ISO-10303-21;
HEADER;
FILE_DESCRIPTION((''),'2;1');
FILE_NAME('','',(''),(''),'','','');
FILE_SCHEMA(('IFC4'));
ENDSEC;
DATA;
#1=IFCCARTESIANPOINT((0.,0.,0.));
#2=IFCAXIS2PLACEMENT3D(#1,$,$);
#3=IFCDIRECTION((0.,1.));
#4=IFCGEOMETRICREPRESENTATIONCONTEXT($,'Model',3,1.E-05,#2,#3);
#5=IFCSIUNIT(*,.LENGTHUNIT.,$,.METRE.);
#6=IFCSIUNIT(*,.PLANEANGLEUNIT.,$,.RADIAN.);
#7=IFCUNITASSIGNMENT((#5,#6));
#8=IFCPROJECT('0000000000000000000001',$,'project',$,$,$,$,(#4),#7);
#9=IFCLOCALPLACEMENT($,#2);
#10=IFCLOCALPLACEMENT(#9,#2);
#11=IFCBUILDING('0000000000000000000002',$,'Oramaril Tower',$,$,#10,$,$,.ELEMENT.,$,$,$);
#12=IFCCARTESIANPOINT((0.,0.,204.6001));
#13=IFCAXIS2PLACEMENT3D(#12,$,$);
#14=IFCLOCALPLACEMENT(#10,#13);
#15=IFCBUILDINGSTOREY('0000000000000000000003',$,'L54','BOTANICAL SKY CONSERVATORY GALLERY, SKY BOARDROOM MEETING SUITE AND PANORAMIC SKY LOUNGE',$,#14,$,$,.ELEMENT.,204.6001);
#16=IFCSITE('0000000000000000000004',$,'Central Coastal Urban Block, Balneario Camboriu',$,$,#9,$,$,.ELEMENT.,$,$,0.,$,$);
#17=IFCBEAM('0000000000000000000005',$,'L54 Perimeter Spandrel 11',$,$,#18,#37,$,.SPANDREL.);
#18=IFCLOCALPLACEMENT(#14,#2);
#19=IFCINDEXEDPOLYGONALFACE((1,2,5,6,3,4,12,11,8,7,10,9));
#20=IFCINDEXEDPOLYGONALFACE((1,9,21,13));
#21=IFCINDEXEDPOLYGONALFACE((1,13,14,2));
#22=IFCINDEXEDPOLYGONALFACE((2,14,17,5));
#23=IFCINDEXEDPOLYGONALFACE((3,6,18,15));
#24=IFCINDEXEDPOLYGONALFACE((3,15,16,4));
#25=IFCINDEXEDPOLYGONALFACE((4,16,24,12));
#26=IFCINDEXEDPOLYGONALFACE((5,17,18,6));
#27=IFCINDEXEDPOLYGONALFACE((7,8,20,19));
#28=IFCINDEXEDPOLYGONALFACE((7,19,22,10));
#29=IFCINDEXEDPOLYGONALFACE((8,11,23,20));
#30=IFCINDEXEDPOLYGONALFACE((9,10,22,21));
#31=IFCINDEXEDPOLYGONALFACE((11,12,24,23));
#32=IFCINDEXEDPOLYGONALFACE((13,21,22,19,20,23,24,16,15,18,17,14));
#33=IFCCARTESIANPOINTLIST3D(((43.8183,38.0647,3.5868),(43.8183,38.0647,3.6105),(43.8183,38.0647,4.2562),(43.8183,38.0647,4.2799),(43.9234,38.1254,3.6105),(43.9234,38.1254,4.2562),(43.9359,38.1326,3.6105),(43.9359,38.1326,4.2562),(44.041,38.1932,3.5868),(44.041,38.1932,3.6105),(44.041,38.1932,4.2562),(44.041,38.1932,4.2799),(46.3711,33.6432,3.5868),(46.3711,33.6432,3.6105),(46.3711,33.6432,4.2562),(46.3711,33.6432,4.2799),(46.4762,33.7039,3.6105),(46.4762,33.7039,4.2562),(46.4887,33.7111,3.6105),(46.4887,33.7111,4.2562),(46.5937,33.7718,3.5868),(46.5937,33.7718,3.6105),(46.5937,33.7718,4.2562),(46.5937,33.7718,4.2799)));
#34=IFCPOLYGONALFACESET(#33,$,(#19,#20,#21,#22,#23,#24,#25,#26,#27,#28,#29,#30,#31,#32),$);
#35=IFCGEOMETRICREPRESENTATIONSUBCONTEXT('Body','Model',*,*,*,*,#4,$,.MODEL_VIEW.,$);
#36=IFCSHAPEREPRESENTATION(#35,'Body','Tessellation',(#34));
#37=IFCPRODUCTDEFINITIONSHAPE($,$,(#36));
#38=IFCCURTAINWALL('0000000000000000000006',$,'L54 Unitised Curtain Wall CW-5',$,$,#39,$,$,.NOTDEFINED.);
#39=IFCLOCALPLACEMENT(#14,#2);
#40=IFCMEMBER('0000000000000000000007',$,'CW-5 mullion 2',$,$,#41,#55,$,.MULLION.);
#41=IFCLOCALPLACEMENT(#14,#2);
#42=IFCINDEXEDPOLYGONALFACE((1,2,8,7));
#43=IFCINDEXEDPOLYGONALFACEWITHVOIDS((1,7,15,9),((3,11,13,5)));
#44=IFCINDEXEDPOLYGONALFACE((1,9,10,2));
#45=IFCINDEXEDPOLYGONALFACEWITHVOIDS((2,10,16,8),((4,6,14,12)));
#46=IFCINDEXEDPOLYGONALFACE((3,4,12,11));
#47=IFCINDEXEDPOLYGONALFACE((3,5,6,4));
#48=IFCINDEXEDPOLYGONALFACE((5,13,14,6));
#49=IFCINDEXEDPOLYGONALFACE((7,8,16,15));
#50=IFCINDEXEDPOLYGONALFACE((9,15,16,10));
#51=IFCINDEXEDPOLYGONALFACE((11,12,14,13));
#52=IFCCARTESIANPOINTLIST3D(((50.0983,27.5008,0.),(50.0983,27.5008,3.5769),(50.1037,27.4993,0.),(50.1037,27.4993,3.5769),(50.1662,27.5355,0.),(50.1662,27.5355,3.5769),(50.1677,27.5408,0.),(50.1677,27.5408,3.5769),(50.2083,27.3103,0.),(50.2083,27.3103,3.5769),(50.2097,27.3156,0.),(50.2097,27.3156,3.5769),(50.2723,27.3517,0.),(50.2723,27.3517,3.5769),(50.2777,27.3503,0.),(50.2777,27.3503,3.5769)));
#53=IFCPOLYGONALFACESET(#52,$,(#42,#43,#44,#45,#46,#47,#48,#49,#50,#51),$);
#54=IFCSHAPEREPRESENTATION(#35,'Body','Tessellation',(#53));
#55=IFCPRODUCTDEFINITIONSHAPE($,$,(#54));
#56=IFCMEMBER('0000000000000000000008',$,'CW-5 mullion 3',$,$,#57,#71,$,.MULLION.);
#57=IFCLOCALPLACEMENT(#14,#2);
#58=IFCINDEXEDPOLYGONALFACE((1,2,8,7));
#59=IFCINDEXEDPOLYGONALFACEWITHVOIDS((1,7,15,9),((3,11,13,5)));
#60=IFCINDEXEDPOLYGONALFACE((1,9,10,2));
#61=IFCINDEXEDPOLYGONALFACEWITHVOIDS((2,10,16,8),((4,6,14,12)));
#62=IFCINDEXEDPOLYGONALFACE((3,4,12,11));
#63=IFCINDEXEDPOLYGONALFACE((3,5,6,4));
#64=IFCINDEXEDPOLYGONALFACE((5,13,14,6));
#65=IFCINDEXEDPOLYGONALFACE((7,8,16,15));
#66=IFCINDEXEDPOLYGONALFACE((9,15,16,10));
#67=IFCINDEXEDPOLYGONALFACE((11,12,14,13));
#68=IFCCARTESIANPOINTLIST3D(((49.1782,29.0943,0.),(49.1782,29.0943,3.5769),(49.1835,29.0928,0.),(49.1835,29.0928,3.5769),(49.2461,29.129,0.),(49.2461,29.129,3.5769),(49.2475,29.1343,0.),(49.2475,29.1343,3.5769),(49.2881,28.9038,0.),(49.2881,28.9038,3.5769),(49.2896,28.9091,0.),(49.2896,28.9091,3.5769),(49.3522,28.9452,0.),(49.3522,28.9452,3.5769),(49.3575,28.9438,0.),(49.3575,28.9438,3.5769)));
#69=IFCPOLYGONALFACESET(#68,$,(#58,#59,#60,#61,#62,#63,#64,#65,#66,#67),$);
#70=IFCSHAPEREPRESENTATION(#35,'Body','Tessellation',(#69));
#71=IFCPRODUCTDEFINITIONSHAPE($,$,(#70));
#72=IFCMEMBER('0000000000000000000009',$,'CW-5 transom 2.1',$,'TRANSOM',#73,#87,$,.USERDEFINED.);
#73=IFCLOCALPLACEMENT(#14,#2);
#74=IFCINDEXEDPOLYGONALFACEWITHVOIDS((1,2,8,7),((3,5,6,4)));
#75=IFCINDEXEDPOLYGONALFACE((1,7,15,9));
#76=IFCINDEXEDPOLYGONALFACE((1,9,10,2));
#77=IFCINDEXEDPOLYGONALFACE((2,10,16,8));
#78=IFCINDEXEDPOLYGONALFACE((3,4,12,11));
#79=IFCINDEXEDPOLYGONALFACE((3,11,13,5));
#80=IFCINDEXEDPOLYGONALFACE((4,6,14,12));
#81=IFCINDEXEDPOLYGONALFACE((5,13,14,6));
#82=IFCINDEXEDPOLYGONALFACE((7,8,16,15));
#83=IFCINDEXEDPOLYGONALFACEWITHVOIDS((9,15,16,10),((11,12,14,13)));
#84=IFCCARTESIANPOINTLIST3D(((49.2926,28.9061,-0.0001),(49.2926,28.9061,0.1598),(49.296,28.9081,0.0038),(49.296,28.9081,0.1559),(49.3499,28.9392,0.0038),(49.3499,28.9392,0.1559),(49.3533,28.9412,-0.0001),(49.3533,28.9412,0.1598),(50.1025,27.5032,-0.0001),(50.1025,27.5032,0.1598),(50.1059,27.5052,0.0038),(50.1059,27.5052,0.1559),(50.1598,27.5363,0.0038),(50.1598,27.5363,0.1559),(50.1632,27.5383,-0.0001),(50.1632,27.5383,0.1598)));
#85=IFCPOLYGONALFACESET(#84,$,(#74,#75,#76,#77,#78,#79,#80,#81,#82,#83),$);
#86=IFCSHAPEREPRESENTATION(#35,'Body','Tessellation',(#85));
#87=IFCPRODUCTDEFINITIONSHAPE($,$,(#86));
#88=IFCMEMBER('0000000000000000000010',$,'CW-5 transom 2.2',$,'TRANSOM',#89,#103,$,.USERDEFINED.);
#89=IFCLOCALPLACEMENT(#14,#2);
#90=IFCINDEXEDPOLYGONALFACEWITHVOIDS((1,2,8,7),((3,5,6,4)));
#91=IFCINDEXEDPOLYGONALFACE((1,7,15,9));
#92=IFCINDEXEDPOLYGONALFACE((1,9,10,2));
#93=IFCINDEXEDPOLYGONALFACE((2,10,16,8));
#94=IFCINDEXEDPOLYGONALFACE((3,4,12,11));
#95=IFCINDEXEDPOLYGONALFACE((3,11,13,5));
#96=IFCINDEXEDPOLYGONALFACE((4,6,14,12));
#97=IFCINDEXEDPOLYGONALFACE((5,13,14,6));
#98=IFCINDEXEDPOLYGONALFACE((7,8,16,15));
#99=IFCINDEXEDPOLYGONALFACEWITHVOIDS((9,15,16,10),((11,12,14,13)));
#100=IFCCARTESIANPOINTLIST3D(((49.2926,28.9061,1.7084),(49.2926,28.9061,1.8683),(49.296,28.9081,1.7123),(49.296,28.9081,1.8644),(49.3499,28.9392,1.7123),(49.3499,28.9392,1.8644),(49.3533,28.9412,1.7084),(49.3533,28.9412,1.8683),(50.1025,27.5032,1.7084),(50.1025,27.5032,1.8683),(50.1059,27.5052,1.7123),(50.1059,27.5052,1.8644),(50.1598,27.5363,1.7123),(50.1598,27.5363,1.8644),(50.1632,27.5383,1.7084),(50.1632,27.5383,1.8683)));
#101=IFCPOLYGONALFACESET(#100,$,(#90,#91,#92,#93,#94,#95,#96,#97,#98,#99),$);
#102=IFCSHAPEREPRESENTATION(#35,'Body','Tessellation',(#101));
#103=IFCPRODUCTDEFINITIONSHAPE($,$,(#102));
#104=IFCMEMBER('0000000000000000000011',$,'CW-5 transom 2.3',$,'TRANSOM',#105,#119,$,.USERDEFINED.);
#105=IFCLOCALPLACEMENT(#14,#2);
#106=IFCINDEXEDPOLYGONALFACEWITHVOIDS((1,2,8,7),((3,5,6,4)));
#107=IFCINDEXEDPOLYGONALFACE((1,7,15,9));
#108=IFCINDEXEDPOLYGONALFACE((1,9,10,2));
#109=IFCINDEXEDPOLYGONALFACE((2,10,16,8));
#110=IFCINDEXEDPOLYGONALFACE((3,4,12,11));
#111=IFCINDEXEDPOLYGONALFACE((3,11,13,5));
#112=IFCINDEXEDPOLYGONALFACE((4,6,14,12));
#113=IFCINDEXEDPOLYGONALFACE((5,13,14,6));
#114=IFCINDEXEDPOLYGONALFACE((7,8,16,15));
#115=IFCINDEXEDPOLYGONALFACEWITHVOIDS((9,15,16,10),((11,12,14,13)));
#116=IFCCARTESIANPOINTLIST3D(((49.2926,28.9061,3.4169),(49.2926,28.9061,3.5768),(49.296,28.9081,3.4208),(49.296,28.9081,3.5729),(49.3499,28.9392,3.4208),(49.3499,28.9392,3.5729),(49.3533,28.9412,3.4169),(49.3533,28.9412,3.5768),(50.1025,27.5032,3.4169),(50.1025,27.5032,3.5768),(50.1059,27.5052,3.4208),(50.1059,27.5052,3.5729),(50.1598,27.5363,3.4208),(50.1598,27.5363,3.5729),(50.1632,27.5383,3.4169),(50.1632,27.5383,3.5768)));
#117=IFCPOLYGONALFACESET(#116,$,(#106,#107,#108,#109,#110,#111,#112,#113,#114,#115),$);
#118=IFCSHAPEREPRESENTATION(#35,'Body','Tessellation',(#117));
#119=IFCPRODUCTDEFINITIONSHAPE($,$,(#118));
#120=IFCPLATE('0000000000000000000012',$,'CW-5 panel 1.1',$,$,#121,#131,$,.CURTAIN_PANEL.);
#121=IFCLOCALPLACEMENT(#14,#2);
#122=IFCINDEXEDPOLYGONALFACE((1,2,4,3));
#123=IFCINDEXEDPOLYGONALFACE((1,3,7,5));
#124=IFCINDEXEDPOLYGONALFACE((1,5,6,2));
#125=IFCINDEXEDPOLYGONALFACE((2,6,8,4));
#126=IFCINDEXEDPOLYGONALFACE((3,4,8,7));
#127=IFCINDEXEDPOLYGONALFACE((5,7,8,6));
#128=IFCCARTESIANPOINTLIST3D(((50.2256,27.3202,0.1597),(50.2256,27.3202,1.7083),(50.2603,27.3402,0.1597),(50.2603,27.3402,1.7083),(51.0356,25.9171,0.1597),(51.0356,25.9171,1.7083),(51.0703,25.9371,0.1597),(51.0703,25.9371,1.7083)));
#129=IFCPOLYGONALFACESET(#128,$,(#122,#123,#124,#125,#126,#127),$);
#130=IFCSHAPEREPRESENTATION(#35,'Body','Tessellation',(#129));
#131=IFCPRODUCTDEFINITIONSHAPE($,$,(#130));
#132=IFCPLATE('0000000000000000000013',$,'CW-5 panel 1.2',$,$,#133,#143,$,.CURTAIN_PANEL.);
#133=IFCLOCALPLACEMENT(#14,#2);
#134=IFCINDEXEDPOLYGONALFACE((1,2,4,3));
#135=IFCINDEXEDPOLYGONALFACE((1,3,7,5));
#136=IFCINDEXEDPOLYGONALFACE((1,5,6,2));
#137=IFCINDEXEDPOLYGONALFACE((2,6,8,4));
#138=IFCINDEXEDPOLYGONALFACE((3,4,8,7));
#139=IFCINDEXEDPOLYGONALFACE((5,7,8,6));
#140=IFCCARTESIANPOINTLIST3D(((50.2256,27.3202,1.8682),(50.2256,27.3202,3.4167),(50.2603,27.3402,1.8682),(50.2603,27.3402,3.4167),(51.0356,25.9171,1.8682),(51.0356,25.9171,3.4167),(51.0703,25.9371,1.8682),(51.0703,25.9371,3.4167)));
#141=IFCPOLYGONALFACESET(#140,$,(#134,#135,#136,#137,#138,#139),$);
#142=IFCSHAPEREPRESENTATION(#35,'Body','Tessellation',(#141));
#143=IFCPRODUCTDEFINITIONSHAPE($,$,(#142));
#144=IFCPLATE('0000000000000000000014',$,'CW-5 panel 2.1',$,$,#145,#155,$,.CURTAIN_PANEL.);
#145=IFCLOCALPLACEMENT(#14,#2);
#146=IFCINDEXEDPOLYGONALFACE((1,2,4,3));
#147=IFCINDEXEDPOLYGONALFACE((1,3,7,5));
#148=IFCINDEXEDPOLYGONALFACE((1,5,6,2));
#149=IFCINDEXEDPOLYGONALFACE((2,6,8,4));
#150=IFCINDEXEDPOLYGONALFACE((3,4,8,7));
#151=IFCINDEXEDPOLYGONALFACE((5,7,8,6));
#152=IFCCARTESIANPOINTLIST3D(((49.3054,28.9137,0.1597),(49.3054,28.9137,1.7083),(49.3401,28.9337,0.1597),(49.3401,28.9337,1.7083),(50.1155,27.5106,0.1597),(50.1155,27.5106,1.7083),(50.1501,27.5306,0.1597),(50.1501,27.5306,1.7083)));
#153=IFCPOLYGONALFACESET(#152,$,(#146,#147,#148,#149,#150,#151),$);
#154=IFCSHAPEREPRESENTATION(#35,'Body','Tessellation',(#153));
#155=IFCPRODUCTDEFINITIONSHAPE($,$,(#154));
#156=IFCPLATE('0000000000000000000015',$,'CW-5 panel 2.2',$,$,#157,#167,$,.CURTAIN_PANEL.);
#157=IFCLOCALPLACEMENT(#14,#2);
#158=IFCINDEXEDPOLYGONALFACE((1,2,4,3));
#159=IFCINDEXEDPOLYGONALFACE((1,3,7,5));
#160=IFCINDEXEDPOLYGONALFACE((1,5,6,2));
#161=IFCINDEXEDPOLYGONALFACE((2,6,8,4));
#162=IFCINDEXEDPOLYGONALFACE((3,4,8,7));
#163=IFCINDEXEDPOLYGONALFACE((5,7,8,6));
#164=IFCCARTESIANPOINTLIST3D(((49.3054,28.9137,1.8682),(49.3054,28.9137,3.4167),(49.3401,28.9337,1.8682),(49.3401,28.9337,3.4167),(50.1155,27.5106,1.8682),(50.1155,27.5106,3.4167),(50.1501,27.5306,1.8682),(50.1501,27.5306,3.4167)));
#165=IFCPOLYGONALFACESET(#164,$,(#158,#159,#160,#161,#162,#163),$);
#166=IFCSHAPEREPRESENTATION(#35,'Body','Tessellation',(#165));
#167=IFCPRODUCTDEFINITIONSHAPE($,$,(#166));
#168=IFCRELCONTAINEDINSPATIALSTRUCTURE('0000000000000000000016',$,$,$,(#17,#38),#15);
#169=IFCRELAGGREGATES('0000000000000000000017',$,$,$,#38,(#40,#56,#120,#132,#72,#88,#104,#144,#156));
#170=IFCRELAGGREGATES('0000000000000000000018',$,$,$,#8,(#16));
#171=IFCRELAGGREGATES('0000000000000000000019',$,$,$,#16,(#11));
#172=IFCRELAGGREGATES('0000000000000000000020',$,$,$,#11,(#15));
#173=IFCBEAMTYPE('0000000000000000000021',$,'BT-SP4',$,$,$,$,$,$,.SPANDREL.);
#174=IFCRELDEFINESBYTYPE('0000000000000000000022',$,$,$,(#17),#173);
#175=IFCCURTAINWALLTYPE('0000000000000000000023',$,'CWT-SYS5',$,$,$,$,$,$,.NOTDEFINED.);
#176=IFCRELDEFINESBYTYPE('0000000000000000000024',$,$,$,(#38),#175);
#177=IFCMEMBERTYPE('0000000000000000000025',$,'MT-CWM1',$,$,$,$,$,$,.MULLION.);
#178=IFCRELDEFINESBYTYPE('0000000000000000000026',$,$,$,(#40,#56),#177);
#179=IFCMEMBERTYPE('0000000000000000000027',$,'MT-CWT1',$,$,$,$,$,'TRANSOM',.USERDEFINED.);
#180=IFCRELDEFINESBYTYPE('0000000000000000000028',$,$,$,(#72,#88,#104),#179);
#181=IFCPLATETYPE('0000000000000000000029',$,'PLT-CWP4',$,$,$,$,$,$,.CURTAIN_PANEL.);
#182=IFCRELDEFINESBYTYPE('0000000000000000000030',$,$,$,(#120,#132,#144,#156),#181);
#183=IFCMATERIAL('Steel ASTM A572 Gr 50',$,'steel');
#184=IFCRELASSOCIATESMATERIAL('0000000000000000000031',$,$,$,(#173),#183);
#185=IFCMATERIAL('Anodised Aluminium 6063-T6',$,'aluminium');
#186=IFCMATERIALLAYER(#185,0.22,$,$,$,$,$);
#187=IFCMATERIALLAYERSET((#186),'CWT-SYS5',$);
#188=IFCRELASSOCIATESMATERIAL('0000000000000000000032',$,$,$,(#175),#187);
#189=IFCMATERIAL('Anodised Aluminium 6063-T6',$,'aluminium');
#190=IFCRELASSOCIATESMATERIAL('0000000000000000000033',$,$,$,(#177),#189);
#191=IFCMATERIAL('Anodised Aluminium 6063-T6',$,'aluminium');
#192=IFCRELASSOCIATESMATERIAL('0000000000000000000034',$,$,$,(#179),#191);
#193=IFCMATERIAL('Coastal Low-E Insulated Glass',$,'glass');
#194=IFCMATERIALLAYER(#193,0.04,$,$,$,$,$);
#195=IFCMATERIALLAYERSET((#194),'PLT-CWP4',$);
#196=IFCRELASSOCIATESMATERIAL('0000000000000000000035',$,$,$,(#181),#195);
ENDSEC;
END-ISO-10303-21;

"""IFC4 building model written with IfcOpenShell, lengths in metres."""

from ifc_helpers import new_model, si_unit, direction, frame, origin, origin_2d, place, context, subcontext, project, spatial, rectangle, hollow_rectangle, i_section, extrude, material, layer, layer_set, material_profile, profile_set, type_object, element, aggregate, save


model = new_model("IFC4")

# Units and contexts
model_context = context("Model", 3, precision=1e-05, world=origin(), true_north=direction((0.0, 1.0)))
body_context = subcontext(model_context, "Body", "Model", "MODEL_VIEW")
ifc_project = project(units=[si_unit("LENGTHUNIT", "METRE"), si_unit("PLANEANGLEUNIT", "RADIAN")], contexts=[model_context])

# Site, building, storey
site_placement = place(None, origin())
site = spatial("IfcSite", under=ifc_project, at=site_placement, Name="Central Coastal Urban Block, Balneario Camboriu", CompositionType="ELEMENT", RefElevation=0.0)
building_placement = place(site_placement, origin())
building = spatial("IfcBuilding", under=site, at=building_placement, Name="Oramaril Tower", CompositionType="ELEMENT")
storey_placement = place(building_placement, frame((0.0, 0.0, 204.6001)))
storey = spatial("IfcBuildingStorey", under=building, at=storey_placement, Name="L54", Description="BOTANICAL SKY CONSERVATORY GALLERY, SKY BOARDROOM MEETING SUITE AND PANORAMIC SKY LOUNGE", CompositionType="ELEMENT", Elevation=204.6001)

# Beam
ifc_material_1 = material(Name="Steel ASTM A572 Gr 50", Category="steel")
ifc_material_profile_1 = material_profile(ifc_material_1, i_section(OverallWidth=0.2571, OverallDepth=0.6931, WebThickness=0.0144, FlangeThickness=0.0237, at=origin_2d()), Name="W27X114")
ifc_profile_set_1 = profile_set([ifc_material_profile_1], Name="Steel ASTM A572 Gr 50")
beam_type = type_object("IfcBeamType", Name="BT-SP4", PredefinedType="SPANDREL", material=ifc_profile_set_1)
beam_placement = place(storey_placement, frame((46.4824, 33.7075, 3.9333), z_axis=(-0.500007, 0.866022, 0.0), x_axis=(-0.866022, -0.500007, 0.0)))
element("IfcBeam", 1, at=beam_placement, inside=storey, type_object=beam_type, Name="L54 Perimeter Spandrel 11", PredefinedType="SPANDREL", context=body_context, shape_type="SweptSolid", body=[
    extrude(i_section(OverallWidth=0.2571, OverallDepth=0.6931, WebThickness=0.0144, FlangeThickness=0.0237, at=origin_2d()), origin(), (0.0, 0.0, 1.0), 5.1055),
])

# Curtain wall, members, plates
ifc_material_2 = material(Name="Anodised Aluminium 6063-T6", Category="aluminium")
ifc_layer_1 = layer(ifc_material_2, 0.22)
ifc_layer_set_1 = layer_set([ifc_layer_1], Name="CWT-SYS5")
curtain_wall_type = type_object("IfcCurtainWallType", Name="CWT-SYS5", PredefinedType="NOTDEFINED", material=ifc_layer_set_1)
curtain_wall_placement = place(storey_placement, origin())
curtain_wall = element("IfcCurtainWall", 2, at=curtain_wall_placement, inside=storey, type_object=curtain_wall_type, Name="L54 Unitised Curtain Wall CW-5", PredefinedType="NOTDEFINED")
ifc_material_3 = material(Name="Anodised Aluminium 6063-T6", Category="aluminium")
ifc_material_profile_2 = material_profile(ifc_material_3, hollow_rectangle(XDim=0.0801, YDim=0.22, WallThickness=0.0039, at=origin_2d()), Name="CWM220X80")
ifc_profile_set_2 = profile_set([ifc_material_profile_2], Name="Anodised Aluminium 6063-T6")
member_type_1 = type_object("IfcMemberType", Name="MT-CWM1", PredefinedType="MULLION", material=ifc_profile_set_2)
member_1_placement = place(storey_placement, frame((50.188, 27.4255, 0.0), z_axis=(0.0, 0.0, 1.0), x_axis=(-0.866025, -0.5, 0.0)))
member_1 = element("IfcMember", 3, at=member_1_placement, type_object=member_type_1, Name="CW-5 mullion 2", PredefinedType="MULLION", context=body_context, shape_type="SweptSolid", body=[
    extrude(hollow_rectangle(XDim=0.0801, YDim=0.22, WallThickness=0.0039, at=origin_2d()), origin(), (0.0, 0.0, 1.0), 3.5769),
])
member_2_placement = place(storey_placement, frame((49.2678, 29.019, 0.0), z_axis=(0.0, 0.0, 1.0), x_axis=(-0.866025, -0.5, 0.0)))
member_2 = element("IfcMember", 4, at=member_2_placement, type_object=member_type_1, Name="CW-5 mullion 3", PredefinedType="MULLION", context=body_context, shape_type="SweptSolid", body=[
    extrude(hollow_rectangle(XDim=0.0801, YDim=0.22, WallThickness=0.0039, at=origin_2d()), origin(), (0.0, 0.0, 1.0), 3.5769),
])
ifc_material_4 = material(Name="Anodised Aluminium 6063-T6", Category="aluminium")
ifc_material_profile_3 = material_profile(ifc_material_4, hollow_rectangle(XDim=0.0701, YDim=0.1599, WallThickness=0.0039, at=origin_2d()), Name="CWT160X70")
ifc_profile_set_3 = profile_set([ifc_material_profile_3], Name="Anodised Aluminium 6063-T6")
member_type_2 = type_object("IfcMemberType", Name="MT-CWT1", ElementType="TRANSOM", PredefinedType="USERDEFINED", material=ifc_profile_set_3)
member_3_placement = place(storey_placement, frame((50.1328, 27.5208, 0.0798), z_axis=(-0.499949, 0.866055, 0.0), x_axis=(-0.866055, -0.499949, 0.0)))
member_3 = element("IfcMember", 5, at=member_3_placement, type_object=member_type_2, Name="CW-5 transom 2.1", ObjectType="TRANSOM", PredefinedType="USERDEFINED", context=body_context, shape_type="SweptSolid", body=[
    extrude(hollow_rectangle(XDim=0.0701, YDim=0.1599, WallThickness=0.0039, at=origin_2d()), origin(), (0.0, 0.0, 1.0), 1.6199),
])
member_4_placement = place(storey_placement, frame((50.1328, 27.5208, 1.7883), z_axis=(-0.499949, 0.866055, 0.0), x_axis=(-0.866055, -0.499949, 0.0)))
member_4 = element("IfcMember", 6, at=member_4_placement, type_object=member_type_2, Name="CW-5 transom 2.2", ObjectType="TRANSOM", PredefinedType="USERDEFINED", context=body_context, shape_type="SweptSolid", body=[
    extrude(hollow_rectangle(XDim=0.0701, YDim=0.1599, WallThickness=0.0039, at=origin_2d()), origin(), (0.0, 0.0, 1.0), 1.6199),
])
member_5_placement = place(storey_placement, frame((50.1328, 27.5208, 3.4968), z_axis=(-0.499949, 0.866055, 0.0), x_axis=(-0.866055, -0.499949, 0.0)))
member_5 = element("IfcMember", 7, at=member_5_placement, type_object=member_type_2, Name="CW-5 transom 2.3", ObjectType="TRANSOM", PredefinedType="USERDEFINED", context=body_context, shape_type="SweptSolid", body=[
    extrude(hollow_rectangle(XDim=0.0701, YDim=0.1599, WallThickness=0.0039, at=origin_2d()), origin(), (0.0, 0.0, 1.0), 1.6199),
])
ifc_material_5 = material(Name="Coastal Low-E Insulated Glass", Category="glass")
ifc_layer_2 = layer(ifc_material_5, 0.04)
ifc_layer_set_2 = layer_set([ifc_layer_2], Name="PLT-CWP4")
plate_type = type_object("IfcPlateType", Name="PLT-CWP4", PredefinedType="CURTAIN_PANEL", material=ifc_layer_set_2)
plate_1_placement = place(storey_placement, frame((50.6479, 26.6287, 0.1597), z_axis=(0.0, 0.0, 1.0), x_axis=(-0.5, 0.866025, 0.0)))
plate_1 = element("IfcPlate", 8, at=plate_1_placement, type_object=plate_type, Name="CW-5 panel 1.1", PredefinedType="CURTAIN_PANEL", context=body_context, shape_type="SweptSolid", body=[
    extrude(rectangle(XDim=1.6201, YDim=0.04, at=origin_2d()), origin(), (0.0, 0.0, 1.0), 1.5486),
])
plate_2_placement = place(storey_placement, frame((50.6479, 26.6287, 1.8682), z_axis=(0.0, 0.0, 1.0), x_axis=(-0.5, 0.866025, 0.0)))
plate_2 = element("IfcPlate", 9, at=plate_2_placement, type_object=plate_type, Name="CW-5 panel 1.2", PredefinedType="CURTAIN_PANEL", context=body_context, shape_type="SweptSolid", body=[
    extrude(rectangle(XDim=1.6201, YDim=0.04, at=origin_2d()), origin(), (0.0, 0.0, 1.0), 1.5486),
])
plate_3_placement = place(storey_placement, frame((49.7278, 28.2222, 0.1597), z_axis=(0.0, 0.0, 1.0), x_axis=(-0.5, 0.866025, 0.0)))
plate_3 = element("IfcPlate", 10, at=plate_3_placement, type_object=plate_type, Name="CW-5 panel 2.1", PredefinedType="CURTAIN_PANEL", context=body_context, shape_type="SweptSolid", body=[
    extrude(rectangle(XDim=1.6201, YDim=0.04, at=origin_2d()), origin(), (0.0, 0.0, 1.0), 1.5486),
])
plate_4_placement = place(storey_placement, frame((49.7278, 28.2222, 1.8682), z_axis=(0.0, 0.0, 1.0), x_axis=(-0.5, 0.866025, 0.0)))
plate_4 = element("IfcPlate", 11, at=plate_4_placement, type_object=plate_type, Name="CW-5 panel 2.2", PredefinedType="CURTAIN_PANEL", context=body_context, shape_type="SweptSolid", body=[
    extrude(rectangle(XDim=1.6201, YDim=0.04, at=origin_2d()), origin(), (0.0, 0.0, 1.0), 1.5486),
])
aggregate(curtain_wall, [member_1, member_2, plate_1, plate_2, member_3, member_4, member_5, plate_3, plate_4])

save(model, "model.ifc")
